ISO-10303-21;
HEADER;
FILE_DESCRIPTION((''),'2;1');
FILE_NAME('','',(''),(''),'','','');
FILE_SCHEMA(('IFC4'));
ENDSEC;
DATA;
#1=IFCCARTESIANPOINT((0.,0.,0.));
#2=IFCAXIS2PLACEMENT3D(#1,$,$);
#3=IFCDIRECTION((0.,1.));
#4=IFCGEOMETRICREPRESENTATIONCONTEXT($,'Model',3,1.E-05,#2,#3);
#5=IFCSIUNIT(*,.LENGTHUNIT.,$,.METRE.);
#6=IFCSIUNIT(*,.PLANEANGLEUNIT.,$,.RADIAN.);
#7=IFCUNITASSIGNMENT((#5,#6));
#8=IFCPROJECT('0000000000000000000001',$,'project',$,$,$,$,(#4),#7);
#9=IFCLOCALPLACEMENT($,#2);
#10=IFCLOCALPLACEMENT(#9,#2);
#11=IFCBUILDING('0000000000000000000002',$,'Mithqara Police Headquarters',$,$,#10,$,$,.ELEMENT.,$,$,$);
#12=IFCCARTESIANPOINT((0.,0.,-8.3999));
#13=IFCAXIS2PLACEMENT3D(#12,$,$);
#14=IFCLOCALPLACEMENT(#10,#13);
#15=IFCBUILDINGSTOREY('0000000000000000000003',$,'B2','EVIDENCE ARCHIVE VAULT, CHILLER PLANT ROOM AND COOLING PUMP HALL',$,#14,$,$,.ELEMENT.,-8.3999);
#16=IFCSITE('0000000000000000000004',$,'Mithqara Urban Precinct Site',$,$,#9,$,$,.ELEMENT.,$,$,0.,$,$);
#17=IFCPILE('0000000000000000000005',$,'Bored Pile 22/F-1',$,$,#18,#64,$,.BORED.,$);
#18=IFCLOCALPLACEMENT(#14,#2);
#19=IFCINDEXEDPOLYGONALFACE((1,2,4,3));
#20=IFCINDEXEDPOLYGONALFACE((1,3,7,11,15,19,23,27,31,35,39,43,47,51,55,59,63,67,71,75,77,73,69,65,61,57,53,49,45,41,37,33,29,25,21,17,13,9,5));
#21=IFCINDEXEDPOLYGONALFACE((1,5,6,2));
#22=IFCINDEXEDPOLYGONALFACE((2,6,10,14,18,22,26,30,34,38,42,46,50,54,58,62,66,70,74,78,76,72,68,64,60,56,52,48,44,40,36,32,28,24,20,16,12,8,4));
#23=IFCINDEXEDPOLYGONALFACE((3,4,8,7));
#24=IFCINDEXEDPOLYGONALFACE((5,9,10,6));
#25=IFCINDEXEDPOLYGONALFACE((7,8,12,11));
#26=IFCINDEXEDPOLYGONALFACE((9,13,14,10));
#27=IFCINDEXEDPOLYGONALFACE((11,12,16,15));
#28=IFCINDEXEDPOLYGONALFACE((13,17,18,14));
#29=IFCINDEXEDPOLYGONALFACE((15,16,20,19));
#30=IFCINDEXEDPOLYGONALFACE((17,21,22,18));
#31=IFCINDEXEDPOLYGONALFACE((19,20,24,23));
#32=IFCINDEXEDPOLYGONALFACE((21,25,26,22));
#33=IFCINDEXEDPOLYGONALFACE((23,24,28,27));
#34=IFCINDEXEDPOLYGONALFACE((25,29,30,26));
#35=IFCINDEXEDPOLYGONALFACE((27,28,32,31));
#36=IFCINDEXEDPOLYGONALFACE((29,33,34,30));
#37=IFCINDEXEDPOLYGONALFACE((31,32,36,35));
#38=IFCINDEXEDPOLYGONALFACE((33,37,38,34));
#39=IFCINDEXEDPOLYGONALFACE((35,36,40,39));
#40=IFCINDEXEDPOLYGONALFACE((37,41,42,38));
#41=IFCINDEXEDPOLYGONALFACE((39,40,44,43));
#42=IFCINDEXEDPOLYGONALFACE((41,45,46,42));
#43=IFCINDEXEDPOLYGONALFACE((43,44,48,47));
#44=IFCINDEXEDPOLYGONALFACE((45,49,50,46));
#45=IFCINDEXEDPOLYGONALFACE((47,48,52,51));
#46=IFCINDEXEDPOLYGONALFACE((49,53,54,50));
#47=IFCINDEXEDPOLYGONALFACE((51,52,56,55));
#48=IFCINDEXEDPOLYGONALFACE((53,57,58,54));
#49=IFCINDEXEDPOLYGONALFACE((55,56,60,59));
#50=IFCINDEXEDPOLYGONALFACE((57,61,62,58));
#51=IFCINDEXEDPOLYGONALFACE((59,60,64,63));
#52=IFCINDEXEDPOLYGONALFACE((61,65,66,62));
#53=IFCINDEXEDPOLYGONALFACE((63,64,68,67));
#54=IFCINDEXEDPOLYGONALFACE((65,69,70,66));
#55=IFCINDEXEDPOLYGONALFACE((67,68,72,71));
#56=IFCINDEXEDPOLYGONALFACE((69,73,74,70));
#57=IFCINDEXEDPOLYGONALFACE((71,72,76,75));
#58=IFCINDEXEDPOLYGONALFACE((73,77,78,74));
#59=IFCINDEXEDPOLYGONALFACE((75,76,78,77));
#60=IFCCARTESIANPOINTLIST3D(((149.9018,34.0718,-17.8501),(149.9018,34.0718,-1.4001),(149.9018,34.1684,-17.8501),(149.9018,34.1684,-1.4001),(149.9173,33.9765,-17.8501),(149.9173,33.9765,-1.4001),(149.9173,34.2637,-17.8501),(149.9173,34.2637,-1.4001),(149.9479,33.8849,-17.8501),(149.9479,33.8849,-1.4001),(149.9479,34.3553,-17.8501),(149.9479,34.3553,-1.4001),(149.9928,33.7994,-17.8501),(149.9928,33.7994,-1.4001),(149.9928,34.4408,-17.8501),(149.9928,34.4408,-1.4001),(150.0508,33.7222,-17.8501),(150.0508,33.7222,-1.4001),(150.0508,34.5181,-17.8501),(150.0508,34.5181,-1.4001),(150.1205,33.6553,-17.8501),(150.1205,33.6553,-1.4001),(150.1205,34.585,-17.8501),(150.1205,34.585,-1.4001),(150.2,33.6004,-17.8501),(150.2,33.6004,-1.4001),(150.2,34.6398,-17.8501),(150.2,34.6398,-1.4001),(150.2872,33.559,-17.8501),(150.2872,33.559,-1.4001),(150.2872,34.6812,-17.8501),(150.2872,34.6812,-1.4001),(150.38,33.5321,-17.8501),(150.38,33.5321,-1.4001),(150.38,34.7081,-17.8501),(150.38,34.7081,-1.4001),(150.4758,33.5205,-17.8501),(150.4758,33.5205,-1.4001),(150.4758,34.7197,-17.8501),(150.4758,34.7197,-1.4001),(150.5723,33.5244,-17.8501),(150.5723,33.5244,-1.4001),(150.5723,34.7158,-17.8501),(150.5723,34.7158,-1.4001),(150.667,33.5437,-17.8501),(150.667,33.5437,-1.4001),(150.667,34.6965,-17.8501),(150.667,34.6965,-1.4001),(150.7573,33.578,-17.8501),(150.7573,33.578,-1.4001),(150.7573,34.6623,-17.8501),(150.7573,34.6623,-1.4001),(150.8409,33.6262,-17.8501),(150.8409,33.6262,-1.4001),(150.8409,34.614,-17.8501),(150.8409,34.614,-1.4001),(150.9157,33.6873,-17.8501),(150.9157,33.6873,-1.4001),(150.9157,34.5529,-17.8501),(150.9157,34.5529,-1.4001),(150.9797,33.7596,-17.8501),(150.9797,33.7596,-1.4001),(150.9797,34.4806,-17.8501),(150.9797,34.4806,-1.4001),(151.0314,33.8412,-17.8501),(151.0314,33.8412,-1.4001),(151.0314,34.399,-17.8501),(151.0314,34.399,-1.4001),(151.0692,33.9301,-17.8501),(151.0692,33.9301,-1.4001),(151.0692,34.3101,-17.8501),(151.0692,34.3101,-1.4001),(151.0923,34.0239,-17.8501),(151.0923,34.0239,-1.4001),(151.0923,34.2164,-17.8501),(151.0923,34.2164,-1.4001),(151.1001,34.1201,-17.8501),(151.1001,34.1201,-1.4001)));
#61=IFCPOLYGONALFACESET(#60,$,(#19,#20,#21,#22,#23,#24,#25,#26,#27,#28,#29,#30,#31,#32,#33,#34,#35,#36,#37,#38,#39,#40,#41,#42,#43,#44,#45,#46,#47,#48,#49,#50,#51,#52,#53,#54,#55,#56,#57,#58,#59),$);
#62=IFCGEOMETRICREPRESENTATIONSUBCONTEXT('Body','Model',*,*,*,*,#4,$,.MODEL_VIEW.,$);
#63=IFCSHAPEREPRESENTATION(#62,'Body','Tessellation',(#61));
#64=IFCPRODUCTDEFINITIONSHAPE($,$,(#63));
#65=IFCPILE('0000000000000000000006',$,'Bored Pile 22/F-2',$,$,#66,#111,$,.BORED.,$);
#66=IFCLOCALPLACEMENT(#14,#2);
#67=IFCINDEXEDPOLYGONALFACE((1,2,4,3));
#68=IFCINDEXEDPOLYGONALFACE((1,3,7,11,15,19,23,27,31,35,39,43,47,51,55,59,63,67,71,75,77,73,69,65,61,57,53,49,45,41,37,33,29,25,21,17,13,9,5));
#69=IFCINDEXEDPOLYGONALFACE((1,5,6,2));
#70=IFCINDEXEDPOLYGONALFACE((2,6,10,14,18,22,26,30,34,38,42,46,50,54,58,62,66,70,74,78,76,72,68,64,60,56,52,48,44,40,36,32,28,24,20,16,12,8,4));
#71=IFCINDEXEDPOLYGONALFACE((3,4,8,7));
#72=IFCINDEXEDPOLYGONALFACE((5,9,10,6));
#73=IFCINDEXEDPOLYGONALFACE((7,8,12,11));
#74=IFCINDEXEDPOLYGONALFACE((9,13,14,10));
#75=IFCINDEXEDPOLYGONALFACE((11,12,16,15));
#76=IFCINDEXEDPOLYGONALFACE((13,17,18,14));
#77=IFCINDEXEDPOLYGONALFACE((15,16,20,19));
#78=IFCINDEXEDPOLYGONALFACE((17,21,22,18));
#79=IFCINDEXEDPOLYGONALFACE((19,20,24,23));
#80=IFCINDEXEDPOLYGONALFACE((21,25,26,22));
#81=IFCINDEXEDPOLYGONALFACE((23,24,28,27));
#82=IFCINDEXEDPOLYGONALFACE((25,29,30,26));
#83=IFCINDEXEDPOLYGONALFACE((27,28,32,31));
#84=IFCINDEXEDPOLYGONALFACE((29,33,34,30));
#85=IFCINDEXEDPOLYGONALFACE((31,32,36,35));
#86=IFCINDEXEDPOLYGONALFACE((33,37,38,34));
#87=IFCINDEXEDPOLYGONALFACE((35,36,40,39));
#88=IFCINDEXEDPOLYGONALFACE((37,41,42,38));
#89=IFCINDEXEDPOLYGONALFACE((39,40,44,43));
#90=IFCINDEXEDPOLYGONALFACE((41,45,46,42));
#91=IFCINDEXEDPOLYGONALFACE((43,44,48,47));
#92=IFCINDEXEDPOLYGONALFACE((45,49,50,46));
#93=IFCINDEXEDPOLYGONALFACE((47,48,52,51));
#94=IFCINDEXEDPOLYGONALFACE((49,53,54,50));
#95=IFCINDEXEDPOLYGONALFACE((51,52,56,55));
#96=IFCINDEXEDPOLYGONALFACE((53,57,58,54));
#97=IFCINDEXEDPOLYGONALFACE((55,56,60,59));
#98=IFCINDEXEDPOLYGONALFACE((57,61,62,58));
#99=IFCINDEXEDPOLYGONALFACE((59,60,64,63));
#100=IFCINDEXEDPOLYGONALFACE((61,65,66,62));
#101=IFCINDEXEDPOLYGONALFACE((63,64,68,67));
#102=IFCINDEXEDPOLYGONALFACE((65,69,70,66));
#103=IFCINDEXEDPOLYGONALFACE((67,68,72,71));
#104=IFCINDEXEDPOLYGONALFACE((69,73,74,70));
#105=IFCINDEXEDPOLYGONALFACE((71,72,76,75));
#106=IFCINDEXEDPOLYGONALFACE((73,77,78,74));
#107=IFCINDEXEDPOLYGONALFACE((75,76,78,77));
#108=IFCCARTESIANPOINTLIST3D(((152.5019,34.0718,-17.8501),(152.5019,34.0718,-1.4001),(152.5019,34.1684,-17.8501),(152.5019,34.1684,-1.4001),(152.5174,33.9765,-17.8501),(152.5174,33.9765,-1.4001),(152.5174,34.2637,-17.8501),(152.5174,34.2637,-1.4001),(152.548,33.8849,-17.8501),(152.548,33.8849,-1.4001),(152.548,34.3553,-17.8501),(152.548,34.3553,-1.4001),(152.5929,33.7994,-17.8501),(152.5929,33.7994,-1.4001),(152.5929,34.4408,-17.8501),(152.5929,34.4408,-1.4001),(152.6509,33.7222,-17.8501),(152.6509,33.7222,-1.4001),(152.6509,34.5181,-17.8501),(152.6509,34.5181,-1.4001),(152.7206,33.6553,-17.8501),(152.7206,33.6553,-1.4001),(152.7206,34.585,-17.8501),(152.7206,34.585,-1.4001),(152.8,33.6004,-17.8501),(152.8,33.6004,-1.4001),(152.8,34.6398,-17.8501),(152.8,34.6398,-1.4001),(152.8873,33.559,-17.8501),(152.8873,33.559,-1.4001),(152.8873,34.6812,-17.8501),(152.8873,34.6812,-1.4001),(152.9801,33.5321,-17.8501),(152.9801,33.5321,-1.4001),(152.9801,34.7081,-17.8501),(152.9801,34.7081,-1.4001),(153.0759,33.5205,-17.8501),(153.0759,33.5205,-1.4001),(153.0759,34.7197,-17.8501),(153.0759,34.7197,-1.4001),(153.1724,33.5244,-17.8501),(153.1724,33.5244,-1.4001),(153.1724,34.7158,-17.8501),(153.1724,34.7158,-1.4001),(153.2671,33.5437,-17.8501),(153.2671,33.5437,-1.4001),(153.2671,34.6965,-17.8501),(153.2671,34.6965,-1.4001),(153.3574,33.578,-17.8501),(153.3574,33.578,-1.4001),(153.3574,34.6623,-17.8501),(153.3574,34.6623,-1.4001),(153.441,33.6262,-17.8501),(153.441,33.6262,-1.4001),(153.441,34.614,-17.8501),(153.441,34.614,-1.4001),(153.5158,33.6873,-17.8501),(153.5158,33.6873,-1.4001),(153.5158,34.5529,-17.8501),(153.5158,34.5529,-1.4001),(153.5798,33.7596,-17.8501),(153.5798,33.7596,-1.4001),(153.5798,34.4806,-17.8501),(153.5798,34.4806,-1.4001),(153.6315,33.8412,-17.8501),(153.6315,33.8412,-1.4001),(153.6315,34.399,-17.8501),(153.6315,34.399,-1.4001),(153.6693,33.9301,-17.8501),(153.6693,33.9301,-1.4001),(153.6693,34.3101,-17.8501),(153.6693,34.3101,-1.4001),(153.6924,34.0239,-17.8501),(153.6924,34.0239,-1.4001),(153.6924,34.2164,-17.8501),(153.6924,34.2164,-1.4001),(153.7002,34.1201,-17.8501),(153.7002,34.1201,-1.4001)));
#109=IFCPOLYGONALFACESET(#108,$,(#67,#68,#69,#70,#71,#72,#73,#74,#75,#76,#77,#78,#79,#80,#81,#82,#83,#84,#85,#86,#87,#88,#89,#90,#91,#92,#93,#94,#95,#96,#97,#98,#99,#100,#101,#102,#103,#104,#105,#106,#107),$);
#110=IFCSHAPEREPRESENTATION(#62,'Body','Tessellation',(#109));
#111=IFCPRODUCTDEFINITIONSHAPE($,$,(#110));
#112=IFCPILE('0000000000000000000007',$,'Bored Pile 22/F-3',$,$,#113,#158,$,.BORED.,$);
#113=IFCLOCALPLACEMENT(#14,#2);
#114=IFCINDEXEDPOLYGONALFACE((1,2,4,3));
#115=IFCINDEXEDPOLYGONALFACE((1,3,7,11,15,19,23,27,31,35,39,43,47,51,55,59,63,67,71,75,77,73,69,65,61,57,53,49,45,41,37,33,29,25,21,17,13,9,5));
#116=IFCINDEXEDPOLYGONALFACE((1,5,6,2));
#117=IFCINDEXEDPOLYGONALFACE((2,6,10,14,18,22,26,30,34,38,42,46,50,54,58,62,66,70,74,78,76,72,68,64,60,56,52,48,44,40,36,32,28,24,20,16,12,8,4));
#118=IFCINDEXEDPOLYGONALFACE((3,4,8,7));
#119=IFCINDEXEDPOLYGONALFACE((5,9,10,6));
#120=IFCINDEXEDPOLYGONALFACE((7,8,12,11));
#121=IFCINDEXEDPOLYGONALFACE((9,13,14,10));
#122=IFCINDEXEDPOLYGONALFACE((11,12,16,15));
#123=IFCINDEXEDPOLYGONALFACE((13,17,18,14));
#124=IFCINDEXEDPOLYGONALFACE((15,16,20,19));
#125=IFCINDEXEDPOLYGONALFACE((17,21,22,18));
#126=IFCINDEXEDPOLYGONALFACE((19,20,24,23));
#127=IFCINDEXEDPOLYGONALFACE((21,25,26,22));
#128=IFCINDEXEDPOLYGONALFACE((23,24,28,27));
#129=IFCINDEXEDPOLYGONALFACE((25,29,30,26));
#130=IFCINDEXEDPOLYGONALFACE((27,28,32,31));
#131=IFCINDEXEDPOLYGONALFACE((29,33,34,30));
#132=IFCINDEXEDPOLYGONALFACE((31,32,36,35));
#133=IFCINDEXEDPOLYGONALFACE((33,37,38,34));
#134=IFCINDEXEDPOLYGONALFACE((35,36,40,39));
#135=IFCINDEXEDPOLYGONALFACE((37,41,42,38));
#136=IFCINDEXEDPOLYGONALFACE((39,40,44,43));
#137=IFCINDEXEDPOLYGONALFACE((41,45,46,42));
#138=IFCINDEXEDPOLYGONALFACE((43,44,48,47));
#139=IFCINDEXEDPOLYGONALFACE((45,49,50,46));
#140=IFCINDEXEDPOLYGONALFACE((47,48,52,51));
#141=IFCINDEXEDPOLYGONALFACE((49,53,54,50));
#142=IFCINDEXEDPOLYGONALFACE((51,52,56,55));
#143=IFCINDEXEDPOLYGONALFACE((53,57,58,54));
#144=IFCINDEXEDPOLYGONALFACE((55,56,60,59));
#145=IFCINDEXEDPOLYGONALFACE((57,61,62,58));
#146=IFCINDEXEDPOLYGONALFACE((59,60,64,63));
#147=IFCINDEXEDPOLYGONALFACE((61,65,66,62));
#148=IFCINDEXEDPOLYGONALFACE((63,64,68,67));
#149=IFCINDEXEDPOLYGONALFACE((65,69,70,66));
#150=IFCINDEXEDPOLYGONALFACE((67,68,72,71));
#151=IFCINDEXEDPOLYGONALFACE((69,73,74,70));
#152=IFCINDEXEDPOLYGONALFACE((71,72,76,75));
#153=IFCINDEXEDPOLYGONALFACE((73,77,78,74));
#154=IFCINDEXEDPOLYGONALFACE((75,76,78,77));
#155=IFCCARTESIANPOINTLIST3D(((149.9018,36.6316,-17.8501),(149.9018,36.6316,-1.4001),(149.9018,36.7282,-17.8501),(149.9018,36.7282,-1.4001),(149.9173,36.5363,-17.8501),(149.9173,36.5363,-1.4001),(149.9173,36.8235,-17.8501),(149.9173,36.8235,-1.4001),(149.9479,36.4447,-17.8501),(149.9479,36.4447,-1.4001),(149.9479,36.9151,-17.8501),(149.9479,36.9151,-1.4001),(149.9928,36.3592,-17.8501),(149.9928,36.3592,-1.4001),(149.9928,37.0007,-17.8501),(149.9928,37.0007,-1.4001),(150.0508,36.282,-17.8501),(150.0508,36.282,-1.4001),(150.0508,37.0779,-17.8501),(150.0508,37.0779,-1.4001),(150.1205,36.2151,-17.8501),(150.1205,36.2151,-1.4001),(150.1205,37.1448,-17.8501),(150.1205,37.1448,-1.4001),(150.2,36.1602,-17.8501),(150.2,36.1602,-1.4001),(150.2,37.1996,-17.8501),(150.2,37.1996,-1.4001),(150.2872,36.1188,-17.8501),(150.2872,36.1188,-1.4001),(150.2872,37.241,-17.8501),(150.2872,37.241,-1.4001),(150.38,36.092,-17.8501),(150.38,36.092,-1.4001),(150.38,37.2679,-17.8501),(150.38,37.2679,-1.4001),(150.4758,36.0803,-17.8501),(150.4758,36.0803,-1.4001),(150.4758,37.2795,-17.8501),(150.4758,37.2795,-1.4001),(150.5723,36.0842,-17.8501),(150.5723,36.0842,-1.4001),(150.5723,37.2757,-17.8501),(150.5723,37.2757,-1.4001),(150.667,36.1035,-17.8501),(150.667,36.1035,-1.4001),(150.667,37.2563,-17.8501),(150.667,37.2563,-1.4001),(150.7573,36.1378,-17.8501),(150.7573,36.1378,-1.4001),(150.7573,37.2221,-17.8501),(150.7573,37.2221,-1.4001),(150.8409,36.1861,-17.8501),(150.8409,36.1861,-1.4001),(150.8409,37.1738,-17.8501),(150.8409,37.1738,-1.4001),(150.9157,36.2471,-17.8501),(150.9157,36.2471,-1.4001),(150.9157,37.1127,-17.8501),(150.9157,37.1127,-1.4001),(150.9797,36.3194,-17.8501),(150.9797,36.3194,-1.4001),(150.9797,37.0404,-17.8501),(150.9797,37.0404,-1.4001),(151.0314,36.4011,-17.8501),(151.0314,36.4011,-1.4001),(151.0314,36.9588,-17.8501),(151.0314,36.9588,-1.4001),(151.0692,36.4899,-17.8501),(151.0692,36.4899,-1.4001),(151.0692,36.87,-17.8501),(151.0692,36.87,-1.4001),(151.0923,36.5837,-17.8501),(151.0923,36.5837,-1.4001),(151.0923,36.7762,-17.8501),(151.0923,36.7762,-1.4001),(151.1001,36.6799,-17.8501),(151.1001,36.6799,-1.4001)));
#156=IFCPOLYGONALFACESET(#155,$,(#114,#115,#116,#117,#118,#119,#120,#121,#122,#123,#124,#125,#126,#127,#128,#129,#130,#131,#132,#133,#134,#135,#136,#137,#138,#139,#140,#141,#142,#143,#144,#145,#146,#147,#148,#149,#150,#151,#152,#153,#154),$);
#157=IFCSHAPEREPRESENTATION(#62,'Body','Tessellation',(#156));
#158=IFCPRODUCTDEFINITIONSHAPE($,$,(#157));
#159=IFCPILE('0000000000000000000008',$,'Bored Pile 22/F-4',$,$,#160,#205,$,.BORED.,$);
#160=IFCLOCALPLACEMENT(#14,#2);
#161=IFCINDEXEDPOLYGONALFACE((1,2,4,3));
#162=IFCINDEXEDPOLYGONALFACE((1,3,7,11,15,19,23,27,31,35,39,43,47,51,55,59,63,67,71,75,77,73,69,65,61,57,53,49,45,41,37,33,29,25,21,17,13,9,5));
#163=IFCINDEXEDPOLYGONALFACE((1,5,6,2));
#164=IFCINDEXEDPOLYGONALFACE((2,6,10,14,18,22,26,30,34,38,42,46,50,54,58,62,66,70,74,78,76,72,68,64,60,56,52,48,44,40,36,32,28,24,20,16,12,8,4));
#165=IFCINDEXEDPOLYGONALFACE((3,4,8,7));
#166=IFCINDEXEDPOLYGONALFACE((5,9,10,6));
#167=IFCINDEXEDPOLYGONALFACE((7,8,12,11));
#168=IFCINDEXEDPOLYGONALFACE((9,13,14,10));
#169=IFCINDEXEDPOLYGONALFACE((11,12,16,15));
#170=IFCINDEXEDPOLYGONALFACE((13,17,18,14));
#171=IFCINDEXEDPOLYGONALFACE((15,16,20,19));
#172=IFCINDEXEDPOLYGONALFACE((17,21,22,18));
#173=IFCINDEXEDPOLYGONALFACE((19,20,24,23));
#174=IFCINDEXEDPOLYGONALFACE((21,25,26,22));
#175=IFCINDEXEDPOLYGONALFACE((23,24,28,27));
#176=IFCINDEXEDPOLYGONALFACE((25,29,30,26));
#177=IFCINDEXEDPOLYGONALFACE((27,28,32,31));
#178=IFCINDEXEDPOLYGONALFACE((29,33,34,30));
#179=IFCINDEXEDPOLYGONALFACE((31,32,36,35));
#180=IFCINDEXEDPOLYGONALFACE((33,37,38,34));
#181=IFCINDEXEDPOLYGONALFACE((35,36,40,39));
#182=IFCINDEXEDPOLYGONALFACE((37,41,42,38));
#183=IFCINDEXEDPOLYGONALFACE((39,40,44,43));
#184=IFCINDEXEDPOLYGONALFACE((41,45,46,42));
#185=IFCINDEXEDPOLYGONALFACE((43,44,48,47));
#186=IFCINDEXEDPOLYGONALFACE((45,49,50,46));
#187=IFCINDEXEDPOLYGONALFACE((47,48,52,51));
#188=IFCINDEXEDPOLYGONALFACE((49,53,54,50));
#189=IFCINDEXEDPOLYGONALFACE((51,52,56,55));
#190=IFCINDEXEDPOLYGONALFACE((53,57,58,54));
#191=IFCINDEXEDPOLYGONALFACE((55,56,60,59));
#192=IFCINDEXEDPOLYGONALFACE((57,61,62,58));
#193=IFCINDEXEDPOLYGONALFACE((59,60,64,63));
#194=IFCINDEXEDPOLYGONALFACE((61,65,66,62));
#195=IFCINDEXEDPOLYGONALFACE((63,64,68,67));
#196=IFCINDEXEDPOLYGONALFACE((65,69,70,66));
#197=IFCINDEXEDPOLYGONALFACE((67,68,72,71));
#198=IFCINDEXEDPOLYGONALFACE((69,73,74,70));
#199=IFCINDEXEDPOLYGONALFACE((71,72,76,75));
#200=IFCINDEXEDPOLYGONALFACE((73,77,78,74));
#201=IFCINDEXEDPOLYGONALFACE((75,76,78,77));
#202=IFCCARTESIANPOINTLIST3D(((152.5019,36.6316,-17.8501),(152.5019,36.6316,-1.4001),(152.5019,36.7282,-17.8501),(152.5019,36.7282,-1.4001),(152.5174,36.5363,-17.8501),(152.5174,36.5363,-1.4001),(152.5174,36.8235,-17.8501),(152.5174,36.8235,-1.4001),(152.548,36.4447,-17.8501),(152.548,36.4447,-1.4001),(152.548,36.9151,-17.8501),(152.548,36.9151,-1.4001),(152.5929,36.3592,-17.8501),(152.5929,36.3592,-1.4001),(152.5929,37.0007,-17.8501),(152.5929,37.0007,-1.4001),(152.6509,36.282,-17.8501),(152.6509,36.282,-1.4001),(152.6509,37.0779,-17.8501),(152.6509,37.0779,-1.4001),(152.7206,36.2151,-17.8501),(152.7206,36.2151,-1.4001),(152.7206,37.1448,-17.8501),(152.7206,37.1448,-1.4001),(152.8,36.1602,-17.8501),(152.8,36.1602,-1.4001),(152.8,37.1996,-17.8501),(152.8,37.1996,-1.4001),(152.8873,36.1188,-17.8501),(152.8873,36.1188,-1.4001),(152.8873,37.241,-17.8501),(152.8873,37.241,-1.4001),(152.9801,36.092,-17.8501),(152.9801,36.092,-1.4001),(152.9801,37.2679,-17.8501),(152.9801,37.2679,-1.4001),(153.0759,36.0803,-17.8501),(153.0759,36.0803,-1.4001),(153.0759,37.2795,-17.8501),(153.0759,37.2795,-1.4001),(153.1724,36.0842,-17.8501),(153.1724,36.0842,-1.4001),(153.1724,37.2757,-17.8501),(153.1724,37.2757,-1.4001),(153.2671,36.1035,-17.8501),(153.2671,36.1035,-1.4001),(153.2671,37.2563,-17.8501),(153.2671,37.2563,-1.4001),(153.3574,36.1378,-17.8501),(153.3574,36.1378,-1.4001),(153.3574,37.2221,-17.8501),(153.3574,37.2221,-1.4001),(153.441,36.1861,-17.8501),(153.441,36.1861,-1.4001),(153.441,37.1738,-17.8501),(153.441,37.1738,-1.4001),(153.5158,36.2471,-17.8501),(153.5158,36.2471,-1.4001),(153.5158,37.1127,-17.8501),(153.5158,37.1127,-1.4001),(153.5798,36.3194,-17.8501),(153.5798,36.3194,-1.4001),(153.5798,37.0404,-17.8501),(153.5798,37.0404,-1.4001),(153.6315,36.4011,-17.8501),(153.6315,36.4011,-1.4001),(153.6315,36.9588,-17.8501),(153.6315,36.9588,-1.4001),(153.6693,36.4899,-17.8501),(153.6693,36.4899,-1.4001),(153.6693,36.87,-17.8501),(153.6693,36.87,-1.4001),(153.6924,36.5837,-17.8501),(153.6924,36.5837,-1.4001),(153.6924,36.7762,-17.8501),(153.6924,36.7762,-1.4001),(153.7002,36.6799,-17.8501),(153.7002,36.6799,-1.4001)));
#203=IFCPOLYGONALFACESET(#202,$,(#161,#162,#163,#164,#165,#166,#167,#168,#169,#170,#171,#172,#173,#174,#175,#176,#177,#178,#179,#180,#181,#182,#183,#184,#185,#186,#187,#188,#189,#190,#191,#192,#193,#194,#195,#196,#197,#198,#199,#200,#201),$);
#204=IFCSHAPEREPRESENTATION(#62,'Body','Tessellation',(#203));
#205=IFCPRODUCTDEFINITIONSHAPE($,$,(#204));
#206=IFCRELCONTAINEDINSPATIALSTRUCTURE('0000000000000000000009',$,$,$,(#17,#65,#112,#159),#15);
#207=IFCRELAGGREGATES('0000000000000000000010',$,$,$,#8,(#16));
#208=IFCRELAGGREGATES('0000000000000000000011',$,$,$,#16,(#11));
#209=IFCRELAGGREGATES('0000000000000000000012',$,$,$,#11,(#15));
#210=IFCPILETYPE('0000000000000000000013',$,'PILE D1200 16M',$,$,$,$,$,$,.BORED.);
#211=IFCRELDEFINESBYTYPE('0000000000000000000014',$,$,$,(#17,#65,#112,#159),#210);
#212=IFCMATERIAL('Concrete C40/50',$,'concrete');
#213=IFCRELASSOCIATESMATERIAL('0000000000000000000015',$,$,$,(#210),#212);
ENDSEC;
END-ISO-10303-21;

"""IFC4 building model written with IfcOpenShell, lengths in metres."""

from ifc_helpers import new_model, si_unit, direction, frame, origin, origin_2d, place, context, subcontext, project, spatial, circle, extrude, material, material_profile, profile_set, type_object, element, save


model = new_model("IFC4")

# Units and contexts
model_context = context("Model", 3, precision=1e-05, world=origin(), true_north=direction((0.0, 1.0)))
body_context = subcontext(model_context, "Body", "Model", "MODEL_VIEW")
ifc_project = project(units=[si_unit("LENGTHUNIT", "METRE"), si_unit("PLANEANGLEUNIT", "RADIAN")], contexts=[model_context])

# Site, building, storey
site_placement = place(None, origin())
site = spatial("IfcSite", under=ifc_project, at=site_placement, Name="Mithqara Urban Precinct Site", CompositionType="ELEMENT", RefElevation=0.0)
building_placement = place(site_placement, origin())
building = spatial("IfcBuilding", under=site, at=building_placement, Name="Mithqara Police Headquarters", CompositionType="ELEMENT")
storey_placement = place(building_placement, frame((0.0, 0.0, -8.3999)))
storey = spatial("IfcBuildingStorey", under=building, at=storey_placement, Name="B2", Description="EVIDENCE ARCHIVE VAULT, CHILLER PLANT ROOM AND COOLING PUMP HALL", CompositionType="ELEMENT", Elevation=-8.3999)

# Shared definitions
ifc_material_1 = material(Name="Concrete C40/50", Category="concrete")

# Piles
ifc_material_profile_1 = material_profile(ifc_material_1, circle(Radius=0.6001, at=origin_2d()), Name="PILE D1200")
ifc_profile_set_1 = profile_set([ifc_material_profile_1], Name="Concrete C40/50")
pile_type = type_object("IfcPileType", Name="PILE D1200 16M", PredefinedType="BORED", material=ifc_profile_set_1)
for number, where, z_axis, x_axis, name in (
    (1, (150.5, 34.1201, -1.4001), (0.0, 0.0, -1.0), (1.0, 0.0, 0.0), "Bored Pile 22/F-1"),
    (2, (153.1001, 34.1201, -1.4001), (0.0, 0.0, -1.0), (1.0, 0.0, 0.0), "Bored Pile 22/F-2"),
    (3, (150.5, 36.6799, -1.4001), (0.0, 0.0, -1.0), (1.0, 0.0, 0.0), "Bored Pile 22/F-3"),
    (4, (153.1001, 36.6799, -1.4001), (0.0, 0.0, -1.0), (1.0, 0.0, 0.0), "Bored Pile 22/F-4"),
):
    element("IfcPile", number, at=place(storey_placement, frame(where, z_axis=z_axis, x_axis=x_axis)), inside=storey, type_object=pile_type, Name=name, PredefinedType="BORED", context=body_context, shape_type="SweptSolid", body=[
        extrude(circle(Radius=0.6001, at=origin_2d()), origin(), (0.0, 0.0, 1.0), 16.45),
    ])

save(model, "model.ifc")
